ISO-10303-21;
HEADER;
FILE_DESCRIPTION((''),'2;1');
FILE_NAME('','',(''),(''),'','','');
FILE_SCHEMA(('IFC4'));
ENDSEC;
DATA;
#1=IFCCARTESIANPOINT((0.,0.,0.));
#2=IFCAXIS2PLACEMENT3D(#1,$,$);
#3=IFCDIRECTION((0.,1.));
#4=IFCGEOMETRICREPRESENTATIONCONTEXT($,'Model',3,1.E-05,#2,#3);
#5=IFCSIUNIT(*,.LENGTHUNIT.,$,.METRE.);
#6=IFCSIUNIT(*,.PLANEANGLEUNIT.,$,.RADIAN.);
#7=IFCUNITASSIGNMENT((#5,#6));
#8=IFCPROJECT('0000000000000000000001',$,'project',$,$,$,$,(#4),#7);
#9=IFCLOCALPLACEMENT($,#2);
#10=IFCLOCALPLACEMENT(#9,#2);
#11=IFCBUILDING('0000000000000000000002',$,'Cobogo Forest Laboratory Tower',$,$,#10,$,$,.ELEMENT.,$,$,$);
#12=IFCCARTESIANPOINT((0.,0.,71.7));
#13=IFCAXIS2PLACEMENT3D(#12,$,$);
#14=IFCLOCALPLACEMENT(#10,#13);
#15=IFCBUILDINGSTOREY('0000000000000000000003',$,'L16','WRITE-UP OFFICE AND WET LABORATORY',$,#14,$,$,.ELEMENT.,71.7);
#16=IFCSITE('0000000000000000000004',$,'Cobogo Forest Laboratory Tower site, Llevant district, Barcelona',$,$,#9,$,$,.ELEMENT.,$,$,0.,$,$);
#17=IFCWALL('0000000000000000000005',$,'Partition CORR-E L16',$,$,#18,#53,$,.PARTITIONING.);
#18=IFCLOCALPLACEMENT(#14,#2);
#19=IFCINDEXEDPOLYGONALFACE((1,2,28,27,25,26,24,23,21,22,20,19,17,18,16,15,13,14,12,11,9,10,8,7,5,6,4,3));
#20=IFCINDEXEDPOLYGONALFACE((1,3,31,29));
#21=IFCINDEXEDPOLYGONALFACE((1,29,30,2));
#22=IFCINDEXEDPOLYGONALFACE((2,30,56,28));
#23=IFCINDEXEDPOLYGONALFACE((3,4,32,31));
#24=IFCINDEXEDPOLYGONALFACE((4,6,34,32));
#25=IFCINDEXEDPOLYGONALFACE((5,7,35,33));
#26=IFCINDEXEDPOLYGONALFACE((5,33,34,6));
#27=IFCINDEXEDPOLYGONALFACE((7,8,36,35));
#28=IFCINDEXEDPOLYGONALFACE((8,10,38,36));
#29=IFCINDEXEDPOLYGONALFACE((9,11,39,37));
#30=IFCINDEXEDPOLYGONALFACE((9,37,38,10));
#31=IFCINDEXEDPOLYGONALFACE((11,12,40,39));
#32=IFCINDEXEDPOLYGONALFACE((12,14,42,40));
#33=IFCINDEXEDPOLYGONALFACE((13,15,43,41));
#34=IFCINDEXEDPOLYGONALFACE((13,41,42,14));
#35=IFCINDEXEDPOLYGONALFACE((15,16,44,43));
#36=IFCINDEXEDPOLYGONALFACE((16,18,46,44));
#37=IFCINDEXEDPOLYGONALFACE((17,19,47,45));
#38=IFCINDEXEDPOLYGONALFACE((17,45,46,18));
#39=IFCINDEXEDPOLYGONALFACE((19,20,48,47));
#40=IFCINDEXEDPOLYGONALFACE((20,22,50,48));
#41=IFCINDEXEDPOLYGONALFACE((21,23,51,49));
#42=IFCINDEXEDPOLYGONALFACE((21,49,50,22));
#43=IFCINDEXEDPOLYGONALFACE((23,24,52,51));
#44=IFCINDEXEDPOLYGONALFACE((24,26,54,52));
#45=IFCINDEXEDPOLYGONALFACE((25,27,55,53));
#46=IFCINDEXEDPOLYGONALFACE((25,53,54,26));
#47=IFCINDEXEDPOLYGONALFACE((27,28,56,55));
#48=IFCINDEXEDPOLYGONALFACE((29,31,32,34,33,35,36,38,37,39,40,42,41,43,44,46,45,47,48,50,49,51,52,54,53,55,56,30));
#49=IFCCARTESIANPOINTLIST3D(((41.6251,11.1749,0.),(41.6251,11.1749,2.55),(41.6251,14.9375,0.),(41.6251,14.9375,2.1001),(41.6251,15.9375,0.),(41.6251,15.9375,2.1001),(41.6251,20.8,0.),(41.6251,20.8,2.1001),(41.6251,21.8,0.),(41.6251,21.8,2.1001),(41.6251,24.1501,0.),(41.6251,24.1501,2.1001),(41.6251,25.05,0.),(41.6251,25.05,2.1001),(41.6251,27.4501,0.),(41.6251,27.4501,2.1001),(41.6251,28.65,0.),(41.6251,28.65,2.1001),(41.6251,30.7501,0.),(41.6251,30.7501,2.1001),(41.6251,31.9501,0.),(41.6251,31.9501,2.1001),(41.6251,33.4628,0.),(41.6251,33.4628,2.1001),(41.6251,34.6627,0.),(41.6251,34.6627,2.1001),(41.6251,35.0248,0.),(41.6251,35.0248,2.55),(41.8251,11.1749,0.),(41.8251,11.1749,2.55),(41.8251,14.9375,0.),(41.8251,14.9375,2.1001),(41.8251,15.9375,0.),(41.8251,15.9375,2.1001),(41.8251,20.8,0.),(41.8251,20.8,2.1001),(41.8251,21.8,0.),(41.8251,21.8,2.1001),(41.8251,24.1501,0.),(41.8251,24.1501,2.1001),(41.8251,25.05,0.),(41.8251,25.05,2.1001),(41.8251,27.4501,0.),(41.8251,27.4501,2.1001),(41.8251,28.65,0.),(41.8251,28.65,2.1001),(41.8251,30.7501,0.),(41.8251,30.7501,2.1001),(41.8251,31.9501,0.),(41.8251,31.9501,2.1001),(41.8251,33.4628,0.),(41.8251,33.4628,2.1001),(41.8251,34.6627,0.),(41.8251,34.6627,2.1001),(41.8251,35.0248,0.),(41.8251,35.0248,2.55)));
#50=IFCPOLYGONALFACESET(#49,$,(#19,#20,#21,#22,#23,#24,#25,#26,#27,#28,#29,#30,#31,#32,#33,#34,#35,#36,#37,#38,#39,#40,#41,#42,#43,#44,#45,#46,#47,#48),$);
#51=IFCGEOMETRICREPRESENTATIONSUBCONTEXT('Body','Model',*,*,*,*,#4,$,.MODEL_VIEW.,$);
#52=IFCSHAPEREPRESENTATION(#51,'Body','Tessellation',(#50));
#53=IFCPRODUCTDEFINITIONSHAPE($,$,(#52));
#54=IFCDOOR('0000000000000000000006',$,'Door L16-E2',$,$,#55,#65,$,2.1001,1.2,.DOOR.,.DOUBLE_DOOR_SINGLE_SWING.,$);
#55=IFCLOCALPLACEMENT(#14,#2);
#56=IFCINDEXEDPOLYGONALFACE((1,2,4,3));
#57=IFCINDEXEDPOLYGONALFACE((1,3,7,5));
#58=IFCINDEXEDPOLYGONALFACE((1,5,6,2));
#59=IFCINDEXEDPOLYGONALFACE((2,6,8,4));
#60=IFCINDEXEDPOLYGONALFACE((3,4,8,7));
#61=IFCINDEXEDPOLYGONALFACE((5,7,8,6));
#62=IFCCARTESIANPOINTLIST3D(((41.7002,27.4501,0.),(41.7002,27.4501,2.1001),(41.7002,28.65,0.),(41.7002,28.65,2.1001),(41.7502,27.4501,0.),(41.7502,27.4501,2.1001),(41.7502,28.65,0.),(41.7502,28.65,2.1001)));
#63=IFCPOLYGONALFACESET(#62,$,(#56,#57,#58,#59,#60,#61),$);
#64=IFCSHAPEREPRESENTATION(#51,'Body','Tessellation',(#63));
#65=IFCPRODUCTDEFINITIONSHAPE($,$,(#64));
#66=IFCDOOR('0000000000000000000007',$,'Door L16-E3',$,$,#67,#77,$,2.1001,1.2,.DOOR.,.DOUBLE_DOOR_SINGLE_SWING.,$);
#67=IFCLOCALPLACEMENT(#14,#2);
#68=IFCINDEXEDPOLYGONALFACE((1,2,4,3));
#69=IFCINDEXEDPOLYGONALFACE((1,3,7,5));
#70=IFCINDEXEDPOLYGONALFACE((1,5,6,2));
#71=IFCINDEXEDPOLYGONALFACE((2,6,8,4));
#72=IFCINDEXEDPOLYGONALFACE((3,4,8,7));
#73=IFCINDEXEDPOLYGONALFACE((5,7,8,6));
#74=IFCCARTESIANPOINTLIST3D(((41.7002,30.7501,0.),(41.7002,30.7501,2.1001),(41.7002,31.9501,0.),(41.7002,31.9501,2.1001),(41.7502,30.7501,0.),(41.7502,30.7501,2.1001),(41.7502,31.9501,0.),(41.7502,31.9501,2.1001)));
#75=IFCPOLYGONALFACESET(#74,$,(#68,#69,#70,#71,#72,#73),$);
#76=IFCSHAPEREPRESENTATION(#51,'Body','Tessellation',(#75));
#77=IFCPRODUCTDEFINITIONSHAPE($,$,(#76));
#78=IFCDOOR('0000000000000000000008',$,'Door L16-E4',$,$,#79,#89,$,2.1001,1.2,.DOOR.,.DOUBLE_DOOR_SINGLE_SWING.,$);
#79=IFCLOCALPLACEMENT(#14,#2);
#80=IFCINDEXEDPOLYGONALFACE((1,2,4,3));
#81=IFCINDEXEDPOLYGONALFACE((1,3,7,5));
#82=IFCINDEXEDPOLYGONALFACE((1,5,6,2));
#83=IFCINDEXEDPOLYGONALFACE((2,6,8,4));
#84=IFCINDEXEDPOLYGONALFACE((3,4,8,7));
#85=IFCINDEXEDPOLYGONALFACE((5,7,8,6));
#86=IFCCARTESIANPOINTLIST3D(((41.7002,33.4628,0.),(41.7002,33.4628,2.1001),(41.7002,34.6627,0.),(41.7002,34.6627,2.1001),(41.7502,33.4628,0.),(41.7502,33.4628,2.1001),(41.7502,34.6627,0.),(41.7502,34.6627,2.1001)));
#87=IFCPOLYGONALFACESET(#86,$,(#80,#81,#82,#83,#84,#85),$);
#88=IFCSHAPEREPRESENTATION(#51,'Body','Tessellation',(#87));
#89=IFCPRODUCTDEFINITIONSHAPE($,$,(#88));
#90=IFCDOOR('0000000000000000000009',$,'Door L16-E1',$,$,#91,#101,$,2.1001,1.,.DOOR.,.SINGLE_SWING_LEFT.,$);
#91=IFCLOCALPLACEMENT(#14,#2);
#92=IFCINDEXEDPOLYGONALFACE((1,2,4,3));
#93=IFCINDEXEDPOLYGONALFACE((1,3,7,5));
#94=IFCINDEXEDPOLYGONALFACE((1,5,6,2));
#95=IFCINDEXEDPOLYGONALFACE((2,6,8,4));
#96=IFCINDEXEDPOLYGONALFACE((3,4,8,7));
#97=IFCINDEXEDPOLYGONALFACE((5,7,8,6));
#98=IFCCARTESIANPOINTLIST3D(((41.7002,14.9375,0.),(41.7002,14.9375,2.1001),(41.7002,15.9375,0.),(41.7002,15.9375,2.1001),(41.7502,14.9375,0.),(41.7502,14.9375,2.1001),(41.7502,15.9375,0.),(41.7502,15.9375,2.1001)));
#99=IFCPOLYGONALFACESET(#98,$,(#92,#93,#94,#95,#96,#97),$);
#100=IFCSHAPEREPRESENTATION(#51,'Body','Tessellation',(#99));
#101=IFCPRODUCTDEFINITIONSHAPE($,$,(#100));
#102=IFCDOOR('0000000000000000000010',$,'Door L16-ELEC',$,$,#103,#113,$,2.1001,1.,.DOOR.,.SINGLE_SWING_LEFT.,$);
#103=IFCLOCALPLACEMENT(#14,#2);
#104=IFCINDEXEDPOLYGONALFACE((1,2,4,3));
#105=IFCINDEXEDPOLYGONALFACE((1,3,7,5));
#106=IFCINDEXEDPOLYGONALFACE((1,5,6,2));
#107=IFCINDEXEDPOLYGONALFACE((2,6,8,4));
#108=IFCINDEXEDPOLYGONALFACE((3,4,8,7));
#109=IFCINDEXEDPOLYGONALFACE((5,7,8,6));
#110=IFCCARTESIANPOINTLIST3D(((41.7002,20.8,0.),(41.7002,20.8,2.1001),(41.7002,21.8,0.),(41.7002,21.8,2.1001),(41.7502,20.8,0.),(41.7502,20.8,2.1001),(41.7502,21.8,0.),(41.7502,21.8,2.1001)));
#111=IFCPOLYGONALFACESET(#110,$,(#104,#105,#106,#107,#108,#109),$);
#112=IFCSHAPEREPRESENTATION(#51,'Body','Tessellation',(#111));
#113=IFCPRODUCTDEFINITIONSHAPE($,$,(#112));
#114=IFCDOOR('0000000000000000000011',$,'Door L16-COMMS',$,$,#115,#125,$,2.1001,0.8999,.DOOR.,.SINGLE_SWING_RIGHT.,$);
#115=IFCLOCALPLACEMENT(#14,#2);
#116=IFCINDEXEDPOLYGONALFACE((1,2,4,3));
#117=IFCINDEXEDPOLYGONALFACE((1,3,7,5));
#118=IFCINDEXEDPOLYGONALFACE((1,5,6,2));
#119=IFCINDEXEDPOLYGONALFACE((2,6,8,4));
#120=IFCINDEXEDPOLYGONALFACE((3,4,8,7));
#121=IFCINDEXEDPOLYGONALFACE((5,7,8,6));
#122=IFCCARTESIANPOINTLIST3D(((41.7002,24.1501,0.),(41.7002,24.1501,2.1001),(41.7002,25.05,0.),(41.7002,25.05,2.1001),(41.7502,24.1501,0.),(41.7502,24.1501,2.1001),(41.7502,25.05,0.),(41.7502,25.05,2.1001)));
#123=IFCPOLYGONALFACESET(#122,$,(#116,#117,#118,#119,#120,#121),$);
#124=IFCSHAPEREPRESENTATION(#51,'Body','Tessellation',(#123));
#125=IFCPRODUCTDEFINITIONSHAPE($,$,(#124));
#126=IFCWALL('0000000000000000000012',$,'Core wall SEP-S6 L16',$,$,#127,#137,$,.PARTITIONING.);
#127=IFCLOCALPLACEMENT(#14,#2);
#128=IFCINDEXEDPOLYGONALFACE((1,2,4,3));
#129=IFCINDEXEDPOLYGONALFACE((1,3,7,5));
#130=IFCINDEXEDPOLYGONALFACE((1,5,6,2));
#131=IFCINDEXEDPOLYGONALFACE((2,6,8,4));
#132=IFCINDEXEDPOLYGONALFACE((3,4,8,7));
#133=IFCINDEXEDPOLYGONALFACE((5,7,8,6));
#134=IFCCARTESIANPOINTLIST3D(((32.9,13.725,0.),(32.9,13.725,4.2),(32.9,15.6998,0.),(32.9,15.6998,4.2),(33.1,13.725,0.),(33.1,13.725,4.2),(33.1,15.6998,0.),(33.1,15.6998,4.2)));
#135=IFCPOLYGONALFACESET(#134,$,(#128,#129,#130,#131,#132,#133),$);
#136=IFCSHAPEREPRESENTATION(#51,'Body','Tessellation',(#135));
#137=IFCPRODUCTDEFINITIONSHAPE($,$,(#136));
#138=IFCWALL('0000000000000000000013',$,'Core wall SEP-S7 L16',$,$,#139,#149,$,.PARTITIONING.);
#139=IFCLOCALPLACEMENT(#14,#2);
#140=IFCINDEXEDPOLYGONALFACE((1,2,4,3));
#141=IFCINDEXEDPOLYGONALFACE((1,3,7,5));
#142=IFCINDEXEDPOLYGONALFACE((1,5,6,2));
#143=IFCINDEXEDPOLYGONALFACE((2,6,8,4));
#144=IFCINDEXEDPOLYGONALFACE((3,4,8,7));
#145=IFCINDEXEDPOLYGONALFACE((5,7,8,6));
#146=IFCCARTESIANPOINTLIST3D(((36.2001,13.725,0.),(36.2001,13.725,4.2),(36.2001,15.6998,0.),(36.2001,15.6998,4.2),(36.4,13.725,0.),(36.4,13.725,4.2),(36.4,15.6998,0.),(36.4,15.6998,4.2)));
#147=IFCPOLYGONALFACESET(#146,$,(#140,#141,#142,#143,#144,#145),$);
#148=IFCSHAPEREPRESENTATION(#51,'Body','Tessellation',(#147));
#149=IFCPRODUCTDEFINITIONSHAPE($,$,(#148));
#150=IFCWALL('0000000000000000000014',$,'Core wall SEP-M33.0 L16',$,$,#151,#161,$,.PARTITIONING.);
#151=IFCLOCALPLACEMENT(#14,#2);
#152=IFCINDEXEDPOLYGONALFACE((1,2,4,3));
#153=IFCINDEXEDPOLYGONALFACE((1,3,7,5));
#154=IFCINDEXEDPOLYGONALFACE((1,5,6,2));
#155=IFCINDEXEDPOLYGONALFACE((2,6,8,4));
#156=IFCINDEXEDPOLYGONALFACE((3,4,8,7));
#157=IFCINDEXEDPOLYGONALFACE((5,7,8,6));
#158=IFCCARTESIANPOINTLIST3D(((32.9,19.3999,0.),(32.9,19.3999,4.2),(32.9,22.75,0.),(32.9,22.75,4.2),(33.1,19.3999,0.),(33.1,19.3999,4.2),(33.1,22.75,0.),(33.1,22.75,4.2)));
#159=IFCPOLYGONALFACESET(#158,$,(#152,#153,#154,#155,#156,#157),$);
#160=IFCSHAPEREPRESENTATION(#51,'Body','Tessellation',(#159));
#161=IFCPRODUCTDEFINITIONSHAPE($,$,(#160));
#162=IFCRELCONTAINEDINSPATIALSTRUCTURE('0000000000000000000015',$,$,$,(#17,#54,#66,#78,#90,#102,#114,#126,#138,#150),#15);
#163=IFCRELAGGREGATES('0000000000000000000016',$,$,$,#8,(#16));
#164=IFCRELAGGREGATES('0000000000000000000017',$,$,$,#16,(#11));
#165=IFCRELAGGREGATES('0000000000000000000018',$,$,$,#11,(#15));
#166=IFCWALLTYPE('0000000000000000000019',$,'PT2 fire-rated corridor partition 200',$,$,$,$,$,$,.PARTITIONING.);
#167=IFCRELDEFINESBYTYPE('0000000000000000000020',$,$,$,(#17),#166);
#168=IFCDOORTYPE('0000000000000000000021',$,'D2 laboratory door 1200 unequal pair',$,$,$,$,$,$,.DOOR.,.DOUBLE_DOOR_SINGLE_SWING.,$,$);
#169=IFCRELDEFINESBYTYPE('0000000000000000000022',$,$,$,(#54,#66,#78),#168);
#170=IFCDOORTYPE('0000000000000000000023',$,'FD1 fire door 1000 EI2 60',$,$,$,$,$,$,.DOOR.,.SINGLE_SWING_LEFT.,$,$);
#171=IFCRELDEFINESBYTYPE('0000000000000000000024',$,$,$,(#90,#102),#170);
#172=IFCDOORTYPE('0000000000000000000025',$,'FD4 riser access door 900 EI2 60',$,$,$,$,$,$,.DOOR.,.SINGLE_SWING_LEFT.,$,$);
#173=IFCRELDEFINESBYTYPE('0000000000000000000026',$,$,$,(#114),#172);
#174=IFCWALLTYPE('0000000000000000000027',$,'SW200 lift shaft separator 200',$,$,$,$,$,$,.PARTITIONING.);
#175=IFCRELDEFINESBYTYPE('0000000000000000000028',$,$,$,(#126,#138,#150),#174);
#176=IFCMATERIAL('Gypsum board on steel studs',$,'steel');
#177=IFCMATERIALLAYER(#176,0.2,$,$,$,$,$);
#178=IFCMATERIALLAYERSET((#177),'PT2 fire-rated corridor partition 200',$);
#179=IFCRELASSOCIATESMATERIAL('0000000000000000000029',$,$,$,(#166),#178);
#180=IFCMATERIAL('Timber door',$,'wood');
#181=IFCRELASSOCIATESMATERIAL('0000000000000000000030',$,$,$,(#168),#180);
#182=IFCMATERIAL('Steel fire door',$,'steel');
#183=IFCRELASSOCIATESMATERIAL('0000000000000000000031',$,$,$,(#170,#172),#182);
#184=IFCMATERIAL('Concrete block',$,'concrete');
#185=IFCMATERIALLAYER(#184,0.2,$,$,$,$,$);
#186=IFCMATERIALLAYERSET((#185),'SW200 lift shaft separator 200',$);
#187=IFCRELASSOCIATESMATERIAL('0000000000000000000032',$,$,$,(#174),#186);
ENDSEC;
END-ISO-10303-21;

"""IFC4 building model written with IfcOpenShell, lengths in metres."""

from ifc_helpers import new_model, si_unit, direction, frame, frame_2d, origin, place, context, subcontext, project, spatial, rectangle, extrude, material, layer, layer_set, type_object, element, fill, save


model = new_model("IFC4")

# Units and contexts
model_context = context("Model", 3, precision=1e-05, world=origin(), true_north=direction((0.0, 1.0)))
body_context = subcontext(model_context, "Body", "Model", "MODEL_VIEW")
ifc_project = project(units=[si_unit("LENGTHUNIT", "METRE"), si_unit("PLANEANGLEUNIT", "RADIAN")], contexts=[model_context])

# Site, building, storey
site_placement = place(None, origin())
site = spatial("IfcSite", under=ifc_project, at=site_placement, Name="Cobogo Forest Laboratory Tower site, Llevant district, Barcelona", CompositionType="ELEMENT", RefElevation=0.0)
building_placement = place(site_placement, origin())
building = spatial("IfcBuilding", under=site, at=building_placement, Name="Cobogo Forest Laboratory Tower", CompositionType="ELEMENT")
storey_placement = place(building_placement, frame((0.0, 0.0, 71.7)))
storey = spatial("IfcBuildingStorey", under=building, at=storey_placement, Name="L16", Description="WRITE-UP OFFICE AND WET LABORATORY", CompositionType="ELEMENT", Elevation=71.7)

# Shared definitions
ifc_material_1 = material(Name="Steel fire door", Category="steel")

# Shared definitions
ifc_material_2 = material(Name="Gypsum board on steel studs", Category="steel")

# Wall, openings, doors
ifc_layer_1 = layer(ifc_material_2, 0.2)
ifc_layer_set_1 = layer_set([ifc_layer_1], Name="PT2 fire-rated corridor partition 200")
wall_type_1 = type_object("IfcWallType", Name="PT2 fire-rated corridor partition 200", PredefinedType="PARTITIONING", material=ifc_layer_set_1)
wall_1_placement = place(storey_placement, frame((41.7251, 11.175, 0.0), z_axis=(0.0, 0.0, 1.0), x_axis=(0.0, 1.0, 0.0)))
wall_1 = element("IfcWall", 1, at=wall_1_placement, inside=storey, type_object=wall_type_1, Name="Partition CORR-E L16", PredefinedType="PARTITIONING", context=body_context, shape_type="SweptSolid", body=[
    extrude(rectangle(XDim=23.8499, YDim=0.2, at=frame_2d((11.9248, 0.0))), origin(), (0.0, 0.0, 1.0), 2.55),
])
opening_1_placement = place(wall_1_placement, frame((3.7625, 0.0, 0.0)))
opening_1 = element("IfcOpeningElement", 2, at=opening_1_placement, cuts=wall_1, PredefinedType="OPENING", context=body_context, shape_type="SweptSolid", body=[
    extrude(rectangle(XDim=1.0, YDim=2.1001, at=frame_2d((0.5, 1.05))), frame((0.0, 0.1099, 0.0), z_axis=(0.0, -1.0, 0.0), x_axis=(1.0, 0.0, 0.0)), (0.0, 0.0, 1.0), 0.22),
])
opening_2_placement = place(wall_1_placement, frame((9.625, 0.0, 0.0)))
opening_2 = element("IfcOpeningElement", 3, at=opening_2_placement, cuts=wall_1, PredefinedType="OPENING", context=body_context, shape_type="SweptSolid", body=[
    extrude(rectangle(XDim=1.0, YDim=2.1001, at=frame_2d((0.5, 1.05))), frame((0.0, 0.1099, 0.0), z_axis=(0.0, -1.0, 0.0), x_axis=(1.0, 0.0, 0.0)), (0.0, 0.0, 1.0), 0.22),
])
opening_3_placement = place(wall_1_placement, frame((12.9751, 0.0, 0.0)))
opening_3 = element("IfcOpeningElement", 4, at=opening_3_placement, cuts=wall_1, PredefinedType="OPENING", context=body_context, shape_type="SweptSolid", body=[
    extrude(rectangle(XDim=0.8999, YDim=2.1001, at=frame_2d((0.45, 1.05))), frame((0.0, 0.1099, 0.0), z_axis=(0.0, -1.0, 0.0), x_axis=(1.0, 0.0, 0.0)), (0.0, 0.0, 1.0), 0.22),
])
opening_4_placement = place(wall_1_placement, frame((16.2749, 0.0, 0.0)))
opening_4 = element("IfcOpeningElement", 5, at=opening_4_placement, cuts=wall_1, PredefinedType="OPENING", context=body_context, shape_type="SweptSolid", body=[
    extrude(rectangle(XDim=1.2, YDim=2.1001, at=frame_2d((0.6001, 1.05))), frame((0.0, 0.1099, 0.0), z_axis=(0.0, -1.0, 0.0), x_axis=(1.0, 0.0, 0.0)), (0.0, 0.0, 1.0), 0.22),
])
opening_5_placement = place(wall_1_placement, frame((19.575, 0.0, 0.0)))
opening_5 = element("IfcOpeningElement", 6, at=opening_5_placement, cuts=wall_1, PredefinedType="OPENING", context=body_context, shape_type="SweptSolid", body=[
    extrude(rectangle(XDim=1.2, YDim=2.1001, at=frame_2d((0.6001, 1.05))), frame((0.0, 0.1099, 0.0), z_axis=(0.0, -1.0, 0.0), x_axis=(1.0, 0.0, 0.0)), (0.0, 0.0, 1.0), 0.22),
])
opening_6_placement = place(wall_1_placement, frame((22.2876, 0.0, 0.0)))
opening_6 = element("IfcOpeningElement", 7, at=opening_6_placement, cuts=wall_1, PredefinedType="OPENING", context=body_context, shape_type="SweptSolid", body=[
    extrude(rectangle(XDim=1.2, YDim=2.1001, at=frame_2d((0.6001, 1.05))), frame((0.0, 0.1099, 0.0), z_axis=(0.0, -1.0, 0.0), x_axis=(1.0, 0.0, 0.0)), (0.0, 0.0, 1.0), 0.22),
])
ifc_material_3 = material(Name="Timber door", Category="wood")
door_type_1 = type_object("IfcDoorType", Name="D2 laboratory door 1200 unequal pair", OperationType="DOUBLE_DOOR_SINGLE_SWING", PredefinedType="DOOR", material=ifc_material_3)
door_1_placement = place(opening_4_placement, origin())
door_1 = element("IfcDoor", 8, at=door_1_placement, inside=storey, type_object=door_type_1, Name="Door L16-E2", OperationType="DOUBLE_DOOR_SINGLE_SWING", OverallHeight=2.1001, OverallWidth=1.2, PredefinedType="DOOR", context=body_context, shape_type="SweptSolid", body=[
    extrude(rectangle(XDim=1.2, YDim=2.1001, at=frame_2d((0.6001, 1.05))), frame((0.0, 0.0249, 0.0), z_axis=(0.0, -1.0, 0.0), x_axis=(1.0, 0.0, 0.0)), (0.0, 0.0, 1.0), 0.05),
])
fill(opening_4, door_1)
door_2_placement = place(opening_5_placement, origin())
door_2 = element("IfcDoor", 9, at=door_2_placement, inside=storey, type_object=door_type_1, Name="Door L16-E3", OperationType="DOUBLE_DOOR_SINGLE_SWING", OverallHeight=2.1001, OverallWidth=1.2, PredefinedType="DOOR", context=body_context, shape_type="SweptSolid", body=[
    extrude(rectangle(XDim=1.2, YDim=2.1001, at=frame_2d((0.6001, 1.05))), frame((0.0, 0.0249, 0.0), z_axis=(0.0, -1.0, 0.0), x_axis=(1.0, 0.0, 0.0)), (0.0, 0.0, 1.0), 0.05),
])
fill(opening_5, door_2)
door_3_placement = place(opening_6_placement, origin())
door_3 = element("IfcDoor", 10, at=door_3_placement, inside=storey, type_object=door_type_1, Name="Door L16-E4", OperationType="DOUBLE_DOOR_SINGLE_SWING", OverallHeight=2.1001, OverallWidth=1.2, PredefinedType="DOOR", context=body_context, shape_type="SweptSolid", body=[
    extrude(rectangle(XDim=1.2, YDim=2.1001, at=frame_2d((0.6001, 1.05))), frame((0.0, 0.0249, 0.0), z_axis=(0.0, -1.0, 0.0), x_axis=(1.0, 0.0, 0.0)), (0.0, 0.0, 1.0), 0.05),
])
fill(opening_6, door_3)
door_type_2 = type_object("IfcDoorType", Name="FD1 fire door 1000 EI2 60", OperationType="SINGLE_SWING_LEFT", PredefinedType="DOOR", material=ifc_material_1)
door_4_placement = place(opening_1_placement, origin())
door_4 = element("IfcDoor", 11, at=door_4_placement, inside=storey, type_object=door_type_2, Name="Door L16-E1", OperationType="SINGLE_SWING_LEFT", OverallHeight=2.1001, OverallWidth=1.0, PredefinedType="DOOR", context=body_context, shape_type="SweptSolid", body=[
    extrude(rectangle(XDim=1.0, YDim=2.1001, at=frame_2d((0.5, 1.05))), frame((0.0, 0.0249, 0.0), z_axis=(0.0, -1.0, 0.0), x_axis=(1.0, 0.0, 0.0)), (0.0, 0.0, 1.0), 0.05),
])
fill(opening_1, door_4)
door_5_placement = place(opening_2_placement, origin())
door_5 = element("IfcDoor", 12, at=door_5_placement, inside=storey, type_object=door_type_2, Name="Door L16-ELEC", OperationType="SINGLE_SWING_LEFT", OverallHeight=2.1001, OverallWidth=1.0, PredefinedType="DOOR", context=body_context, shape_type="SweptSolid", body=[
    extrude(rectangle(XDim=1.0, YDim=2.1001, at=frame_2d((0.5, 1.05))), frame((0.0, 0.0249, 0.0), z_axis=(0.0, -1.0, 0.0), x_axis=(1.0, 0.0, 0.0)), (0.0, 0.0, 1.0), 0.05),
])
fill(opening_2, door_5)
door_type_3 = type_object("IfcDoorType", Name="FD4 riser access door 900 EI2 60", OperationType="SINGLE_SWING_LEFT", PredefinedType="DOOR", material=ifc_material_1)
door_6_placement = place(opening_3_placement, origin())
door_6 = element("IfcDoor", 13, at=door_6_placement, inside=storey, type_object=door_type_3, Name="Door L16-COMMS", OperationType="SINGLE_SWING_RIGHT", OverallHeight=2.1001, OverallWidth=0.8999, PredefinedType="DOOR", context=body_context, shape_type="SweptSolid", body=[
    extrude(rectangle(XDim=0.8999, YDim=2.1001, at=frame_2d((0.45, 1.05))), frame((0.0, 0.0249, 0.0), z_axis=(0.0, -1.0, 0.0), x_axis=(1.0, 0.0, 0.0)), (0.0, 0.0, 1.0), 0.05),
])
fill(opening_3, door_6)

# Walls
ifc_material_4 = material(Name="Concrete block", Category="concrete")
ifc_layer_2 = layer(ifc_material_4, 0.2)
ifc_layer_set_2 = layer_set([ifc_layer_2], Name="SW200 lift shaft separator 200")
wall_type_2 = type_object("IfcWallType", Name="SW200 lift shaft separator 200", PredefinedType="PARTITIONING", material=ifc_layer_set_2)
for number, where, z_axis, x_axis, name in (
    (14, (33.0, 13.7251, 0.0), (0.0, 0.0, 1.0), (0.0, 1.0, 0.0), "Core wall SEP-S6 L16"),
    (15, (36.3, 13.7251, 0.0), (0.0, 0.0, 1.0), (0.0, 1.0, 0.0), "Core wall SEP-S7 L16"),
):
    element("IfcWall", number, at=place(storey_placement, frame(where, z_axis=z_axis, x_axis=x_axis)), inside=storey, type_object=wall_type_2, Name=name, PredefinedType="PARTITIONING", context=body_context, shape_type="SweptSolid", body=[
        extrude(rectangle(XDim=1.9749, YDim=0.2, at=frame_2d((0.9873, 0.0))), origin(), (0.0, 0.0, 1.0), 4.2),
    ])
wall_2_placement = place(storey_placement, frame((33.0, 19.3999, 0.0), z_axis=(0.0, 0.0, 1.0), x_axis=(0.0, 1.0, 0.0)))
element("IfcWall", 16, at=wall_2_placement, inside=storey, type_object=wall_type_2, Name="Core wall SEP-M33.0 L16", PredefinedType="PARTITIONING", context=body_context, shape_type="SweptSolid", body=[
    extrude(rectangle(XDim=3.3501, YDim=0.2, at=frame_2d((1.675, 0.0))), origin(), (0.0, 0.0, 1.0), 4.2),
])

save(model, "model.ifc")
